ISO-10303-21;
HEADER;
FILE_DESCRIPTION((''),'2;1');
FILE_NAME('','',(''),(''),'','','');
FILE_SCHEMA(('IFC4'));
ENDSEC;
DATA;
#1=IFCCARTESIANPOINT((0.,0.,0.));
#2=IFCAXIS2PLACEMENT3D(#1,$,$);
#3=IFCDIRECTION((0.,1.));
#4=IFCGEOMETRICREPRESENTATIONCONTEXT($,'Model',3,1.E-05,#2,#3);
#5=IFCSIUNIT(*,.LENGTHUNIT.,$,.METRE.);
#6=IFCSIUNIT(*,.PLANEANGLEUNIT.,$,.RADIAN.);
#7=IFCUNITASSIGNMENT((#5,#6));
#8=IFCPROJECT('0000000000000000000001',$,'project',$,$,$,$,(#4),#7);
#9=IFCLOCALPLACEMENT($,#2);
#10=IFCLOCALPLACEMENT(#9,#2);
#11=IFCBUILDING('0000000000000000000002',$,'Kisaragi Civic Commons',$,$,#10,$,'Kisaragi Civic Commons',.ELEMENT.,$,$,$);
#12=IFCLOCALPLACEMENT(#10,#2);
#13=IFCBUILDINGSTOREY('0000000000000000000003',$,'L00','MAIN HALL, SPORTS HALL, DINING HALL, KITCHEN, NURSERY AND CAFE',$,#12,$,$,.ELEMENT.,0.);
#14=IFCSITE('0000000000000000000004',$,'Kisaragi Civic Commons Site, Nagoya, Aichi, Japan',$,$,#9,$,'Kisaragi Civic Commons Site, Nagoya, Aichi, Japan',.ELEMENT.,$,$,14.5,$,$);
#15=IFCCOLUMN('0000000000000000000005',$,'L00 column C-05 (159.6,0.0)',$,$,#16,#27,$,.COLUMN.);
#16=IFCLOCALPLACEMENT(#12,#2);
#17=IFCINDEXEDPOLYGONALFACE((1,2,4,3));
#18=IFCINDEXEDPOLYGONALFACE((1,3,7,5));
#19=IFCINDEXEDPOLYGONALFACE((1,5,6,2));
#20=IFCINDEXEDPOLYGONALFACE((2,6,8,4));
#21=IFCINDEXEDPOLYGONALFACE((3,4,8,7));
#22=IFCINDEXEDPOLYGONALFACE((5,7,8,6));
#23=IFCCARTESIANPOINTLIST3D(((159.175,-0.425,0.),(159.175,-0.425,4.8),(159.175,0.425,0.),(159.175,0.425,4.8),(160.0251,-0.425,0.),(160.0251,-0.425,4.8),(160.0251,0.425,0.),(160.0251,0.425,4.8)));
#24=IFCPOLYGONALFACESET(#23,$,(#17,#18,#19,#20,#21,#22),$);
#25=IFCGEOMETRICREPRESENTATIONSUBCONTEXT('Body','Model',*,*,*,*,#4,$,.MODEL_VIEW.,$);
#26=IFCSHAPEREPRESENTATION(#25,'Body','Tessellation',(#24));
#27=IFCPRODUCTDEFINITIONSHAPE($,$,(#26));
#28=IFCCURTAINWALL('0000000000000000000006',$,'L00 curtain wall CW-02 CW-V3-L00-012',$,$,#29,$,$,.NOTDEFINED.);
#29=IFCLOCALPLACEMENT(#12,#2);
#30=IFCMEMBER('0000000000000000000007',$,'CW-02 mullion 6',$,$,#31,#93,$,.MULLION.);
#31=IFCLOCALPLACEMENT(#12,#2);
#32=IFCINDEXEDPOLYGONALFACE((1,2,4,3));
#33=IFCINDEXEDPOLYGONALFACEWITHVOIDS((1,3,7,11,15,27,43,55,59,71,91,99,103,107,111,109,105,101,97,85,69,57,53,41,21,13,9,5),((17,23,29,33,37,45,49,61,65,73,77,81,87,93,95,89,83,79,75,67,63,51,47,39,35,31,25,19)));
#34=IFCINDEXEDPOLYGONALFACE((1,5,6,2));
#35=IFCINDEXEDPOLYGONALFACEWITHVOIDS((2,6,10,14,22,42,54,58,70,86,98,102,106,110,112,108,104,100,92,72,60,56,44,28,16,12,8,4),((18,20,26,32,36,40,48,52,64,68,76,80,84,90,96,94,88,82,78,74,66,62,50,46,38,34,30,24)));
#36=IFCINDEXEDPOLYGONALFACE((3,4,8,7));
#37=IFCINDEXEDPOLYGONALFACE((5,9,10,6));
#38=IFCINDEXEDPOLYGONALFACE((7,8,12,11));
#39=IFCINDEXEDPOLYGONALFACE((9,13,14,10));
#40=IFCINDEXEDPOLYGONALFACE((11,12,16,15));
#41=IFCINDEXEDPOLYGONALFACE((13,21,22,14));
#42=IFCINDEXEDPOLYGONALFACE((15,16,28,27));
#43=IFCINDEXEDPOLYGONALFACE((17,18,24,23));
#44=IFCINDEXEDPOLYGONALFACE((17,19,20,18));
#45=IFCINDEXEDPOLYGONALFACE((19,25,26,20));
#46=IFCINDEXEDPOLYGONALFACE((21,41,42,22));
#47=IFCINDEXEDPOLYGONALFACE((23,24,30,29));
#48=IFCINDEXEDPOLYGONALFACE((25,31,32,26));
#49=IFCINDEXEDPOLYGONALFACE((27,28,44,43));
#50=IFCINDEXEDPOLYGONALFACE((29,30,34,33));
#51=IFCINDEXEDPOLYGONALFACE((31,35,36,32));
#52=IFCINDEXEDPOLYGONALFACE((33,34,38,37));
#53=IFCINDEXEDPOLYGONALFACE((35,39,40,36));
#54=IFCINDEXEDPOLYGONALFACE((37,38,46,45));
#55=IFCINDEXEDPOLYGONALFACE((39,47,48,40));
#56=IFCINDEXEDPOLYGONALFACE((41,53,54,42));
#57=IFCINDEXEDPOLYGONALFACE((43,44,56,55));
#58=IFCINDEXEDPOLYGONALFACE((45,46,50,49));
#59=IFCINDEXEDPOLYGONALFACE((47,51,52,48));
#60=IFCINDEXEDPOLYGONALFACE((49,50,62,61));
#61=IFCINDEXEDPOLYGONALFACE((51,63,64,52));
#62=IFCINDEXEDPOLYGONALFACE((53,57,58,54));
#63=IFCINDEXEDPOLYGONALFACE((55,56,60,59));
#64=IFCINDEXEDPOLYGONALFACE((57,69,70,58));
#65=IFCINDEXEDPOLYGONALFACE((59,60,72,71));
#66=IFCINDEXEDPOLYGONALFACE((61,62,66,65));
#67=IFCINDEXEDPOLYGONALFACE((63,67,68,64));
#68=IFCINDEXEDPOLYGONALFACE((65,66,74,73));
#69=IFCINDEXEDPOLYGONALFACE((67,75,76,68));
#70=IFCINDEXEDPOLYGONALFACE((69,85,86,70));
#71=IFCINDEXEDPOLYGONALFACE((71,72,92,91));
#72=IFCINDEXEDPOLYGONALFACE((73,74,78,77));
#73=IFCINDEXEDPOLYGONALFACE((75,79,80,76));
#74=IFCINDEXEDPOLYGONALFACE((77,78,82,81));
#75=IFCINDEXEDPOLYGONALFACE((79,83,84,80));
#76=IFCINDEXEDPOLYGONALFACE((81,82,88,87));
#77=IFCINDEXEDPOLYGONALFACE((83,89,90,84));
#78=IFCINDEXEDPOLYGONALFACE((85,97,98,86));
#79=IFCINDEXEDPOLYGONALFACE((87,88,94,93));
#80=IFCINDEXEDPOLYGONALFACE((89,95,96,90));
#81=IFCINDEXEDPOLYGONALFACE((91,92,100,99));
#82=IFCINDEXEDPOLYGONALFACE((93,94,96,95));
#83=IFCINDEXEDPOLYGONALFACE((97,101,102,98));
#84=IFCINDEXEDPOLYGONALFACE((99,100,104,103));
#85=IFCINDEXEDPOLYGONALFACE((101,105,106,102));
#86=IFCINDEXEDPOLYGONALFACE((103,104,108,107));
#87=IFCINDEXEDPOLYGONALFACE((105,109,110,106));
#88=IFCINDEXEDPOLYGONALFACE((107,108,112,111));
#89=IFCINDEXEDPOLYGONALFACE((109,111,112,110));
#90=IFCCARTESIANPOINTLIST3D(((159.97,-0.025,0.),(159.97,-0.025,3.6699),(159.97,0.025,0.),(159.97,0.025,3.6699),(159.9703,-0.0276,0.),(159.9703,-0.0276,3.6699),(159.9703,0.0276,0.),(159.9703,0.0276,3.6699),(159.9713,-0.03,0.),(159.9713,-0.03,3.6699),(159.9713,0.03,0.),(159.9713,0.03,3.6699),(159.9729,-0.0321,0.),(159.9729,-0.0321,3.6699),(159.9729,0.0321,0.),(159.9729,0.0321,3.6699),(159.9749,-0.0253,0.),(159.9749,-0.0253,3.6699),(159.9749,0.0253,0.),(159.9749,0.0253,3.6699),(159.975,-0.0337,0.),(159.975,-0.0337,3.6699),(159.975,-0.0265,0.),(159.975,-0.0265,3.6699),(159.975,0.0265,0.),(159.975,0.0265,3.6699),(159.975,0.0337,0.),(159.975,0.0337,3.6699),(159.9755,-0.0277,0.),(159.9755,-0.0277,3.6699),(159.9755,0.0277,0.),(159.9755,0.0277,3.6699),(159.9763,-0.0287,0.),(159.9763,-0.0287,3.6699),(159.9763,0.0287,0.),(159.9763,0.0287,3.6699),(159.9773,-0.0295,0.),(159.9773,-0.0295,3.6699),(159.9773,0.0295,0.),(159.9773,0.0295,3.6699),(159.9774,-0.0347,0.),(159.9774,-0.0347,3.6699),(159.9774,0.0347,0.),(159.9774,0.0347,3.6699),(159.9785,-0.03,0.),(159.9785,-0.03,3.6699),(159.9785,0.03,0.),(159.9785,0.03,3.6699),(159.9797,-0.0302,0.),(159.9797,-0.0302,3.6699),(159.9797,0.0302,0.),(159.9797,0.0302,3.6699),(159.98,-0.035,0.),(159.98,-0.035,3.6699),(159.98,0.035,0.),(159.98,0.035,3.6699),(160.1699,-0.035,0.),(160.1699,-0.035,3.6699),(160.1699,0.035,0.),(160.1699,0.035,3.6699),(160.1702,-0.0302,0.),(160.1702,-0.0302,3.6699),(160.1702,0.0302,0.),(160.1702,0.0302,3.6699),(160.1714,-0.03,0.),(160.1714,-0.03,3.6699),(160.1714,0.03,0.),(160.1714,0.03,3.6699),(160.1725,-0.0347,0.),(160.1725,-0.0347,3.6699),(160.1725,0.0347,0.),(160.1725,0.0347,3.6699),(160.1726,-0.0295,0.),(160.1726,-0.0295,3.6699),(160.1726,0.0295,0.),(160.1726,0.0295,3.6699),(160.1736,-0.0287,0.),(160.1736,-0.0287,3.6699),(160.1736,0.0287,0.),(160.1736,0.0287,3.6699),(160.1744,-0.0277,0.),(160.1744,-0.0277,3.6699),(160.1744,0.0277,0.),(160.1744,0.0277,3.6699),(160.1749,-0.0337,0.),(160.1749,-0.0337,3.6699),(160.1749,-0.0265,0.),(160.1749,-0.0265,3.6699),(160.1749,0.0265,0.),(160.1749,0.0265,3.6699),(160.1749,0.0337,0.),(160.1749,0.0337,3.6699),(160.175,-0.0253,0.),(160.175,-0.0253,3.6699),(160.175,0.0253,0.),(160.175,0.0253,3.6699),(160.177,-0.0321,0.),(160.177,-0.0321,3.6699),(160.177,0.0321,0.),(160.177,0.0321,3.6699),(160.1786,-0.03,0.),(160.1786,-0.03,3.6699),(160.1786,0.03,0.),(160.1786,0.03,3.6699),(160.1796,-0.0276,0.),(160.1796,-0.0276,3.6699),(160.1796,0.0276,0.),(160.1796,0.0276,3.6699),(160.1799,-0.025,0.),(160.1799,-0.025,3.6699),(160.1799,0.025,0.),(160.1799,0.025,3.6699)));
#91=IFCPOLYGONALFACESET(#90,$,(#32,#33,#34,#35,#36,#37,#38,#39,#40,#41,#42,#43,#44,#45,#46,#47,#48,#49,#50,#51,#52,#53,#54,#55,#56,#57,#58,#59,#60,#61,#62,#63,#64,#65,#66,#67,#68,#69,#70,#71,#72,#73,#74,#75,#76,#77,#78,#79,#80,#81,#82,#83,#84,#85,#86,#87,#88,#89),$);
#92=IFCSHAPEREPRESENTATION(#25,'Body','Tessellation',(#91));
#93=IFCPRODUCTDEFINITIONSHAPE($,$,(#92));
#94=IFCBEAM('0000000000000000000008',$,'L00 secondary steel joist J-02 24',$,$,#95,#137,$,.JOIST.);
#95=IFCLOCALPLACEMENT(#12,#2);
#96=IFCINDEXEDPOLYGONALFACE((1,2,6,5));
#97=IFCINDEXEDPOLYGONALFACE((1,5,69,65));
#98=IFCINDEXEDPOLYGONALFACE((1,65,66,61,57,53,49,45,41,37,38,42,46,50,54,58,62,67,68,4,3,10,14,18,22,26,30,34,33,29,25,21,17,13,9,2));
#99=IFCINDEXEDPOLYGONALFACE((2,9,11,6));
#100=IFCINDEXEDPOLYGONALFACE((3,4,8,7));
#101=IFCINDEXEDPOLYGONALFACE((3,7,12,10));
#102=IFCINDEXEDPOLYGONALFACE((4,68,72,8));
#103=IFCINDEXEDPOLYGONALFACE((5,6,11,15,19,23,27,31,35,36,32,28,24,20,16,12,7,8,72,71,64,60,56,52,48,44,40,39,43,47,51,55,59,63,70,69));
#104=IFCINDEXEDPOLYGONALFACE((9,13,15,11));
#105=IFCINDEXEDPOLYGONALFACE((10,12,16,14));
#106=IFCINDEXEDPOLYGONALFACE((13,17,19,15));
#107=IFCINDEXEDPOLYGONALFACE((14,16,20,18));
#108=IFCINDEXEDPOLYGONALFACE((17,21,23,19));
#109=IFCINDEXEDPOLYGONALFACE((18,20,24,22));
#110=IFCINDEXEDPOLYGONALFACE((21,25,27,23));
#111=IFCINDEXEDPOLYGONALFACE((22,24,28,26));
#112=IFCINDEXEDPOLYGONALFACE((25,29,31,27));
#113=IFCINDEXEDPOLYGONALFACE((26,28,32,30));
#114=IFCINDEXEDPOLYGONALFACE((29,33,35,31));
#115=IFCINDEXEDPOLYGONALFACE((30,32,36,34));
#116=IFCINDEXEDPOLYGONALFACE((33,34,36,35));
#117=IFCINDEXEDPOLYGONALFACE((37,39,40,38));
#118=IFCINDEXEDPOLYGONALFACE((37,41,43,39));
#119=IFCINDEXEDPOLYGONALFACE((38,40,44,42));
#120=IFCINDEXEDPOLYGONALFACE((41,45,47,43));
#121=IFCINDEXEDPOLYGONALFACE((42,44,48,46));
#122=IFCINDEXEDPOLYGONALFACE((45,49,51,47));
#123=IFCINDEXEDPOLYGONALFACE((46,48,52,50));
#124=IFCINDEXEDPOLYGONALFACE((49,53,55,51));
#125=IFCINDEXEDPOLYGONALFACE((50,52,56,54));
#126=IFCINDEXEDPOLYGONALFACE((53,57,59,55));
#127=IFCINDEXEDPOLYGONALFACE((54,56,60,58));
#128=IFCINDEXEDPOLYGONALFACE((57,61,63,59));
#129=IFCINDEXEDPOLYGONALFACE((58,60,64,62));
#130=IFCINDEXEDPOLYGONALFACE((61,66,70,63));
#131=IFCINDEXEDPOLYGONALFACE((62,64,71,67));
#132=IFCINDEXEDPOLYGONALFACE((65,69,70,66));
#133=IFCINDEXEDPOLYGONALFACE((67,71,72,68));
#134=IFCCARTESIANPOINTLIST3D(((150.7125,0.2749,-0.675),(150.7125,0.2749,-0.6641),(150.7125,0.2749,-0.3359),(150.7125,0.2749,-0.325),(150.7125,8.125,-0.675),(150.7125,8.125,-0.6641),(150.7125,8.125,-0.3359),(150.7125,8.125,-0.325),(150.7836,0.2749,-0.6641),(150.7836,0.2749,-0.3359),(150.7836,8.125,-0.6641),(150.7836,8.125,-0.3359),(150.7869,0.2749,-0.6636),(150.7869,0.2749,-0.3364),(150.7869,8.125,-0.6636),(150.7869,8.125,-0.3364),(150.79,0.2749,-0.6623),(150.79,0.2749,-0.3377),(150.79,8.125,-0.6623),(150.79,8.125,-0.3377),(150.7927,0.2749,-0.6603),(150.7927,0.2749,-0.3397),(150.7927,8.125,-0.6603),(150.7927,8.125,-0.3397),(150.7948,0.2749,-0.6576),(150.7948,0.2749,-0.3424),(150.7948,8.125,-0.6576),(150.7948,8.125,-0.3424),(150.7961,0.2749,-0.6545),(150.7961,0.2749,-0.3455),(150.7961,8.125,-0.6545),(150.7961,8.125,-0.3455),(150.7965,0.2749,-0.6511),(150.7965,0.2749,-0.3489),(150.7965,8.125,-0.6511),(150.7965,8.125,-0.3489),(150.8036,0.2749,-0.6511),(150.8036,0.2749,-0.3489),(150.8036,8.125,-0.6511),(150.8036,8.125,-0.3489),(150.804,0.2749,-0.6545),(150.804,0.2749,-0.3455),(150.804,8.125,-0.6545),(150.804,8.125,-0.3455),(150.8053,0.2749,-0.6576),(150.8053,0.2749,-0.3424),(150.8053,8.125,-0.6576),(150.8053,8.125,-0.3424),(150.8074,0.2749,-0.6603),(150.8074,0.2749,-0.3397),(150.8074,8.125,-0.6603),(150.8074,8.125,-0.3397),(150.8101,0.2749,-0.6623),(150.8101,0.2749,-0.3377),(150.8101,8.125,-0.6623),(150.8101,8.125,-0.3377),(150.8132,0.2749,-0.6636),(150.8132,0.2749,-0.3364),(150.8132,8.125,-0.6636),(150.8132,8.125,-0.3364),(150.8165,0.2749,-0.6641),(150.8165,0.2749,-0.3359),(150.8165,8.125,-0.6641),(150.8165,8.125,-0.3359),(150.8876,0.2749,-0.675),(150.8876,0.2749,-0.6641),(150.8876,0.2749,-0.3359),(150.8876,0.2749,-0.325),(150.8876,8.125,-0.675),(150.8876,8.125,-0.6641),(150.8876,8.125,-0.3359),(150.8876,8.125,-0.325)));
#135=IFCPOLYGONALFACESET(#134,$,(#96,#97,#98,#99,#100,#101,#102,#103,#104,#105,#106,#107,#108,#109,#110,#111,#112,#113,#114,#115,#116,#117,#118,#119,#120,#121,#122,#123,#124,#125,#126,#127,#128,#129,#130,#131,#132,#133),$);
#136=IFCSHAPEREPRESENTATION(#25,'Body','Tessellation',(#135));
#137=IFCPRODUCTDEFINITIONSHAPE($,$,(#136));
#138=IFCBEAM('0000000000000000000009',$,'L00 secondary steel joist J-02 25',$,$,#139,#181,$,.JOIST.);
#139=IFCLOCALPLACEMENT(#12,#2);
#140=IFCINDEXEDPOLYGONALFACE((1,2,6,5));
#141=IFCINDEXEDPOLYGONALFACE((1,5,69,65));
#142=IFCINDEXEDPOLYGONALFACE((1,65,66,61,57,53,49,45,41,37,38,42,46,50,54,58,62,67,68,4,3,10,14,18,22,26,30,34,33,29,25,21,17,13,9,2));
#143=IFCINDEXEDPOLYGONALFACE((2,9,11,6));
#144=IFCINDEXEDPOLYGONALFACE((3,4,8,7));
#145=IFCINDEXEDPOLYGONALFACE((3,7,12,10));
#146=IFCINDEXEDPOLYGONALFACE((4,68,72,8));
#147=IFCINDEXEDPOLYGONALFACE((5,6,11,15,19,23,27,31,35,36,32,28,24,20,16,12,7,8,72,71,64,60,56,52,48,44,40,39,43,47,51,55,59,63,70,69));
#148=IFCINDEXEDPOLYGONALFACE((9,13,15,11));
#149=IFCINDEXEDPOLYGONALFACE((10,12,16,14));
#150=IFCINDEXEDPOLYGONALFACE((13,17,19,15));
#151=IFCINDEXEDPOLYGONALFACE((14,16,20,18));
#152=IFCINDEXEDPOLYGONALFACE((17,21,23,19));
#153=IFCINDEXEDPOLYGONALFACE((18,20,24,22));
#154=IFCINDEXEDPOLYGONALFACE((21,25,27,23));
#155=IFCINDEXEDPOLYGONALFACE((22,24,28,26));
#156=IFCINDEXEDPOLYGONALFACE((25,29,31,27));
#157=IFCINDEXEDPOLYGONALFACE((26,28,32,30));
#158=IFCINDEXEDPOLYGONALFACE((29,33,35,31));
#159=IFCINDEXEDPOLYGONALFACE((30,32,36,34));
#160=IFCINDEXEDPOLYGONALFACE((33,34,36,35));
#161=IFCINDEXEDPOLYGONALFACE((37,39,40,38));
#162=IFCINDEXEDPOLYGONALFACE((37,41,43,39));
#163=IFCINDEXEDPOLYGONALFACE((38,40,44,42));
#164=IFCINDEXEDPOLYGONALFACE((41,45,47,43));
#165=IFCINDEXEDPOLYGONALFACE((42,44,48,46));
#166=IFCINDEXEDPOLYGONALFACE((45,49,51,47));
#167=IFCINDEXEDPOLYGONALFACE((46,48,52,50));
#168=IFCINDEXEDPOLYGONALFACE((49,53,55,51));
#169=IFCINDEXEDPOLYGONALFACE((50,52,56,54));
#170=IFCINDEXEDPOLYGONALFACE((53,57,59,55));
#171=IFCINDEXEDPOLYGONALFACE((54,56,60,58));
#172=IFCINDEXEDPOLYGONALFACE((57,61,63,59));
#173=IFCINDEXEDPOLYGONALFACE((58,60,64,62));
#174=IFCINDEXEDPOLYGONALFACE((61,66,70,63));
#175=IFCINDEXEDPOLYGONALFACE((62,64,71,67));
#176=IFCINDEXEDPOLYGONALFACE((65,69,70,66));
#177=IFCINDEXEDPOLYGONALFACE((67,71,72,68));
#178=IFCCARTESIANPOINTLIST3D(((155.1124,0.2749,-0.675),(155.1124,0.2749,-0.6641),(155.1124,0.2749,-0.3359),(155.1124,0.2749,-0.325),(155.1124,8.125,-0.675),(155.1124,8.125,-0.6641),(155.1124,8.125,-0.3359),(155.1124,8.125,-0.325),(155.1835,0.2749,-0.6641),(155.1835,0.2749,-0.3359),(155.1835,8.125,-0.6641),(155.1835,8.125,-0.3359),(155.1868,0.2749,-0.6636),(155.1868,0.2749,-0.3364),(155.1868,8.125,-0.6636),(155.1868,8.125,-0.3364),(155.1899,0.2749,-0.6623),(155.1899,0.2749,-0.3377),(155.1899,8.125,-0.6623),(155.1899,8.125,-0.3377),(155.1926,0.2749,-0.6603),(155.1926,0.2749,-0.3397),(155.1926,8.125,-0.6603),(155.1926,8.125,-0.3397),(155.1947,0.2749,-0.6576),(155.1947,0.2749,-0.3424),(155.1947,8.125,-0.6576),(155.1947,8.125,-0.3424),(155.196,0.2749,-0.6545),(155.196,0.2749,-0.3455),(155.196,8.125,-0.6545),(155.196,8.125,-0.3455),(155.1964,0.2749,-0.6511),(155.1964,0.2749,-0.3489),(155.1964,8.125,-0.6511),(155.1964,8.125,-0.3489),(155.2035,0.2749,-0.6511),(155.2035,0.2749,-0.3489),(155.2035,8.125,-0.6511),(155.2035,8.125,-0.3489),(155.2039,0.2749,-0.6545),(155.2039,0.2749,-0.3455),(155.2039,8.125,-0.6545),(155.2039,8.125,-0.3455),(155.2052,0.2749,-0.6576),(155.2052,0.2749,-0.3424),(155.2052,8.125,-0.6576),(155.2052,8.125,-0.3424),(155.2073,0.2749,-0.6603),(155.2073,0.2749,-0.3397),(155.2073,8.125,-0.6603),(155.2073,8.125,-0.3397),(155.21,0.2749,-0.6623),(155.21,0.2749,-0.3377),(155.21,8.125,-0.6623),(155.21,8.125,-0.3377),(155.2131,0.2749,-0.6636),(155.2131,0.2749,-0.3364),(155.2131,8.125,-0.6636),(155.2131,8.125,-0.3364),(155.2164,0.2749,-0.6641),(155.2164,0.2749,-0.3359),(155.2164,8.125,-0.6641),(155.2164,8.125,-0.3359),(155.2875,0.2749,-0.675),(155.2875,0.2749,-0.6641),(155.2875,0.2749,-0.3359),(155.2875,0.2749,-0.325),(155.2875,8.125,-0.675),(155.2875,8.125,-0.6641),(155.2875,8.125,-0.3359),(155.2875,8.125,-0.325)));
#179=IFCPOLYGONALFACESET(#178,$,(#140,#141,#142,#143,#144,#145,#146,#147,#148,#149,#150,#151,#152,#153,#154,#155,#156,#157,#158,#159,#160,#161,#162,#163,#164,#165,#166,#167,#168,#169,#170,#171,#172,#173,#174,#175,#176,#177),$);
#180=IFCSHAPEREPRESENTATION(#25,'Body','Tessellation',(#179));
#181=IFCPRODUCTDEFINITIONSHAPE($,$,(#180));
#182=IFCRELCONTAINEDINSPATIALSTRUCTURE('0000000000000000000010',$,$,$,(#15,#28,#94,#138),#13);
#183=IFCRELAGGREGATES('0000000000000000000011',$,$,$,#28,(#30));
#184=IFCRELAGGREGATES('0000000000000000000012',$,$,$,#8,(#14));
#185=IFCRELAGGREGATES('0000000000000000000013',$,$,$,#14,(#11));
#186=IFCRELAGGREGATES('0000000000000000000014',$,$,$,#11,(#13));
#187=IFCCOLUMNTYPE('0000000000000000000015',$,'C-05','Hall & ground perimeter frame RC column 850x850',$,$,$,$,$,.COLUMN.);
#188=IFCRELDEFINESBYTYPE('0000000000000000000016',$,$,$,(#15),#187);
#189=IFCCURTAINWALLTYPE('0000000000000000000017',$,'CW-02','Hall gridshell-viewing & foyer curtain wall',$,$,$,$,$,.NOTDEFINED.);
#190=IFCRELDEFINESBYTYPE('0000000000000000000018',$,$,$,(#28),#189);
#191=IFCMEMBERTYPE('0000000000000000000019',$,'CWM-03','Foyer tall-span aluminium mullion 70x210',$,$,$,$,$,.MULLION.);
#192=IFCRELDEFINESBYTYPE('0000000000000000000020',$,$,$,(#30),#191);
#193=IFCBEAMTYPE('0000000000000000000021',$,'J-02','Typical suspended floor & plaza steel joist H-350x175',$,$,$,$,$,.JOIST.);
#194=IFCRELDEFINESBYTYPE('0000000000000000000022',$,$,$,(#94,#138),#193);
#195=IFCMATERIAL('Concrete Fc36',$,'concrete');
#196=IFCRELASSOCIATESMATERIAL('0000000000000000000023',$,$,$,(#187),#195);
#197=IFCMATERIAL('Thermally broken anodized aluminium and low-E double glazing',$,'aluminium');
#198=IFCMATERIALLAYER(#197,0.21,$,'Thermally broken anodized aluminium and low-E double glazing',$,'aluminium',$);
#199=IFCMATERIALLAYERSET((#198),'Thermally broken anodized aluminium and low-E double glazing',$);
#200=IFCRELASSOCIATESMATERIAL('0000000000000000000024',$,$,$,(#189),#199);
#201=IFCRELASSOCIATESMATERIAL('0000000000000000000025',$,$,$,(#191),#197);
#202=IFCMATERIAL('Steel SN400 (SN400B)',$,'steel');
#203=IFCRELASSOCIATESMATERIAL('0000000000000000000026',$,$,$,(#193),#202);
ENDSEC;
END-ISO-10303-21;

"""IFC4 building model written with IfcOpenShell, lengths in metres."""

from ifc_helpers import new_model, si_unit, direction, frame, origin, origin_2d, place, context, subcontext, project, spatial, rectangle, hollow_rectangle, i_section, extrude, material, layer, layer_set, material_profile, profile_set, type_object, element, aggregate, save


model = new_model("IFC4")

# Units and contexts
model_context = context("Model", 3, precision=1e-05, world=origin(), true_north=direction((0.0, 1.0)))
body_context = subcontext(model_context, "Body", "Model", "MODEL_VIEW")
ifc_project = project(units=[si_unit("LENGTHUNIT", "METRE"), si_unit("PLANEANGLEUNIT", "RADIAN")], contexts=[model_context])

# Site, building, storey
site_placement = place(None, origin())
site = spatial("IfcSite", under=ifc_project, at=site_placement, Name="Kisaragi Civic Commons Site, Nagoya, Aichi, Japan", LongName="Kisaragi Civic Commons Site, Nagoya, Aichi, Japan", CompositionType="ELEMENT", RefElevation=14.5)
building_placement = place(site_placement, origin())
building = spatial("IfcBuilding", under=site, at=building_placement, Name="Kisaragi Civic Commons", LongName="Kisaragi Civic Commons", CompositionType="ELEMENT")
storey_placement = place(building_placement, origin())
storey = spatial("IfcBuildingStorey", under=building, at=storey_placement, Name="L00", Description="MAIN HALL, SPORTS HALL, DINING HALL, KITCHEN, NURSERY AND CAFE", CompositionType="ELEMENT", Elevation=0.0)

# Column
ifc_material_1 = material(Name="Concrete Fc36", Category="concrete")
ifc_material_profile_1 = material_profile(ifc_material_1, rectangle(XDim=0.8501, YDim=0.8501, at=origin_2d()), Name="RC-850x850", Category="concrete")
ifc_profile_set_1 = profile_set([ifc_material_profile_1], Name="Concrete Fc36")
column_type = type_object("IfcColumnType", Name="C-05", Description="Hall & ground perimeter frame RC column 850x850", PredefinedType="COLUMN", material=ifc_profile_set_1)
column_placement = place(storey_placement, frame((159.6001, 0.0, 0.0), z_axis=(0.0, 0.0, 1.0), x_axis=(1.0, 0.0, 0.0)))
element("IfcColumn", 1, at=column_placement, inside=storey, type_object=column_type, Name="L00 column C-05 (159.6,0.0)", PredefinedType="COLUMN", context=body_context, shape_type="SweptSolid", body=[
    extrude(rectangle(XDim=0.8501, YDim=0.8501, at=origin_2d()), origin(), (0.0, 0.0, 1.0), 4.8),
])

# Curtain wall, member
ifc_material_2 = material(Name="Thermally broken anodized aluminium and low-E double glazing", Category="aluminium")
ifc_layer_1 = layer(ifc_material_2, 0.21, Name="Thermally broken anodized aluminium and low-E double glazing", Category="aluminium")
ifc_layer_set_1 = layer_set([ifc_layer_1], Name="Thermally broken anodized aluminium and low-E double glazing")
curtain_wall_type = type_object("IfcCurtainWallType", Name="CW-02", Description="Hall gridshell-viewing & foyer curtain wall", PredefinedType="NOTDEFINED", material=ifc_layer_set_1)
curtain_wall_placement = place(storey_placement, origin())
curtain_wall = element("IfcCurtainWall", 2, at=curtain_wall_placement, inside=storey, type_object=curtain_wall_type, Name="L00 curtain wall CW-02 CW-V3-L00-012", PredefinedType="NOTDEFINED")
ifc_material_profile_2 = material_profile(ifc_material_2, hollow_rectangle(XDim=0.0701, YDim=0.21, WallThickness=0.0049, InnerFilletRadius=0.0049, OuterFilletRadius=0.01, at=origin_2d()), Name="CWM-70x210x5", Category="aluminium")
ifc_profile_set_2 = profile_set([ifc_material_profile_2], Name="Thermally broken anodized aluminium and low-E double glazing")
member_type = type_object("IfcMemberType", Name="CWM-03", Description="Foyer tall-span aluminium mullion 70x210", PredefinedType="MULLION", material=ifc_profile_set_2)
member_placement = place(storey_placement, frame((160.075, 0.0, 0.0), z_axis=(0.0, 0.0, 1.0), x_axis=(0.0, -1.0, 0.0)))
member = element("IfcMember", 3, at=member_placement, type_object=member_type, Name="CW-02 mullion 6", PredefinedType="MULLION", context=body_context, shape_type="SweptSolid", body=[
    extrude(hollow_rectangle(XDim=0.0701, YDim=0.21, WallThickness=0.0049, InnerFilletRadius=0.0049, OuterFilletRadius=0.01, at=origin_2d()), origin(), (0.0, 0.0, 1.0), 3.6699),
])
aggregate(curtain_wall, [member])

# Beams
ifc_material_3 = material(Name="Steel SN400 (SN400B)", Category="steel")
ifc_material_profile_3 = material_profile(ifc_material_3, i_section(OverallWidth=0.175, OverallDepth=0.3501, WebThickness=0.0071, FlangeThickness=0.011, FilletRadius=0.0129, at=origin_2d()), Name="H-350x175x7x11", Category="steel")
ifc_profile_set_3 = profile_set([ifc_material_profile_3], Name="Steel SN400 (SN400B)")
beam_type = type_object("IfcBeamType", Name="J-02", Description="Typical suspended floor & plaza steel joist H-350x175", PredefinedType="JOIST", material=ifc_profile_set_3)
for number, where, z_axis, x_axis, name in (
    (4, (150.8, 0.2749, -0.5), (0.0, 1.0, 0.0), (-1.0, 0.0, 0.0), "L00 secondary steel joist J-02 24"),
    (5, (155.2, 0.2749, -0.5), (0.0, 1.0, 0.0), (-1.0, 0.0, 0.0), "L00 secondary steel joist J-02 25"),
):
    element("IfcBeam", number, at=place(storey_placement, frame(where, z_axis=z_axis, x_axis=x_axis)), inside=storey, type_object=beam_type, Name=name, PredefinedType="JOIST", context=body_context, shape_type="SweptSolid", body=[
        extrude(i_section(OverallWidth=0.175, OverallDepth=0.3501, WebThickness=0.0071, FlangeThickness=0.011, FilletRadius=0.0129, at=origin_2d()), origin(), (0.0, 0.0, 1.0), 7.8501),
    ])

save(model, "model.ifc")
